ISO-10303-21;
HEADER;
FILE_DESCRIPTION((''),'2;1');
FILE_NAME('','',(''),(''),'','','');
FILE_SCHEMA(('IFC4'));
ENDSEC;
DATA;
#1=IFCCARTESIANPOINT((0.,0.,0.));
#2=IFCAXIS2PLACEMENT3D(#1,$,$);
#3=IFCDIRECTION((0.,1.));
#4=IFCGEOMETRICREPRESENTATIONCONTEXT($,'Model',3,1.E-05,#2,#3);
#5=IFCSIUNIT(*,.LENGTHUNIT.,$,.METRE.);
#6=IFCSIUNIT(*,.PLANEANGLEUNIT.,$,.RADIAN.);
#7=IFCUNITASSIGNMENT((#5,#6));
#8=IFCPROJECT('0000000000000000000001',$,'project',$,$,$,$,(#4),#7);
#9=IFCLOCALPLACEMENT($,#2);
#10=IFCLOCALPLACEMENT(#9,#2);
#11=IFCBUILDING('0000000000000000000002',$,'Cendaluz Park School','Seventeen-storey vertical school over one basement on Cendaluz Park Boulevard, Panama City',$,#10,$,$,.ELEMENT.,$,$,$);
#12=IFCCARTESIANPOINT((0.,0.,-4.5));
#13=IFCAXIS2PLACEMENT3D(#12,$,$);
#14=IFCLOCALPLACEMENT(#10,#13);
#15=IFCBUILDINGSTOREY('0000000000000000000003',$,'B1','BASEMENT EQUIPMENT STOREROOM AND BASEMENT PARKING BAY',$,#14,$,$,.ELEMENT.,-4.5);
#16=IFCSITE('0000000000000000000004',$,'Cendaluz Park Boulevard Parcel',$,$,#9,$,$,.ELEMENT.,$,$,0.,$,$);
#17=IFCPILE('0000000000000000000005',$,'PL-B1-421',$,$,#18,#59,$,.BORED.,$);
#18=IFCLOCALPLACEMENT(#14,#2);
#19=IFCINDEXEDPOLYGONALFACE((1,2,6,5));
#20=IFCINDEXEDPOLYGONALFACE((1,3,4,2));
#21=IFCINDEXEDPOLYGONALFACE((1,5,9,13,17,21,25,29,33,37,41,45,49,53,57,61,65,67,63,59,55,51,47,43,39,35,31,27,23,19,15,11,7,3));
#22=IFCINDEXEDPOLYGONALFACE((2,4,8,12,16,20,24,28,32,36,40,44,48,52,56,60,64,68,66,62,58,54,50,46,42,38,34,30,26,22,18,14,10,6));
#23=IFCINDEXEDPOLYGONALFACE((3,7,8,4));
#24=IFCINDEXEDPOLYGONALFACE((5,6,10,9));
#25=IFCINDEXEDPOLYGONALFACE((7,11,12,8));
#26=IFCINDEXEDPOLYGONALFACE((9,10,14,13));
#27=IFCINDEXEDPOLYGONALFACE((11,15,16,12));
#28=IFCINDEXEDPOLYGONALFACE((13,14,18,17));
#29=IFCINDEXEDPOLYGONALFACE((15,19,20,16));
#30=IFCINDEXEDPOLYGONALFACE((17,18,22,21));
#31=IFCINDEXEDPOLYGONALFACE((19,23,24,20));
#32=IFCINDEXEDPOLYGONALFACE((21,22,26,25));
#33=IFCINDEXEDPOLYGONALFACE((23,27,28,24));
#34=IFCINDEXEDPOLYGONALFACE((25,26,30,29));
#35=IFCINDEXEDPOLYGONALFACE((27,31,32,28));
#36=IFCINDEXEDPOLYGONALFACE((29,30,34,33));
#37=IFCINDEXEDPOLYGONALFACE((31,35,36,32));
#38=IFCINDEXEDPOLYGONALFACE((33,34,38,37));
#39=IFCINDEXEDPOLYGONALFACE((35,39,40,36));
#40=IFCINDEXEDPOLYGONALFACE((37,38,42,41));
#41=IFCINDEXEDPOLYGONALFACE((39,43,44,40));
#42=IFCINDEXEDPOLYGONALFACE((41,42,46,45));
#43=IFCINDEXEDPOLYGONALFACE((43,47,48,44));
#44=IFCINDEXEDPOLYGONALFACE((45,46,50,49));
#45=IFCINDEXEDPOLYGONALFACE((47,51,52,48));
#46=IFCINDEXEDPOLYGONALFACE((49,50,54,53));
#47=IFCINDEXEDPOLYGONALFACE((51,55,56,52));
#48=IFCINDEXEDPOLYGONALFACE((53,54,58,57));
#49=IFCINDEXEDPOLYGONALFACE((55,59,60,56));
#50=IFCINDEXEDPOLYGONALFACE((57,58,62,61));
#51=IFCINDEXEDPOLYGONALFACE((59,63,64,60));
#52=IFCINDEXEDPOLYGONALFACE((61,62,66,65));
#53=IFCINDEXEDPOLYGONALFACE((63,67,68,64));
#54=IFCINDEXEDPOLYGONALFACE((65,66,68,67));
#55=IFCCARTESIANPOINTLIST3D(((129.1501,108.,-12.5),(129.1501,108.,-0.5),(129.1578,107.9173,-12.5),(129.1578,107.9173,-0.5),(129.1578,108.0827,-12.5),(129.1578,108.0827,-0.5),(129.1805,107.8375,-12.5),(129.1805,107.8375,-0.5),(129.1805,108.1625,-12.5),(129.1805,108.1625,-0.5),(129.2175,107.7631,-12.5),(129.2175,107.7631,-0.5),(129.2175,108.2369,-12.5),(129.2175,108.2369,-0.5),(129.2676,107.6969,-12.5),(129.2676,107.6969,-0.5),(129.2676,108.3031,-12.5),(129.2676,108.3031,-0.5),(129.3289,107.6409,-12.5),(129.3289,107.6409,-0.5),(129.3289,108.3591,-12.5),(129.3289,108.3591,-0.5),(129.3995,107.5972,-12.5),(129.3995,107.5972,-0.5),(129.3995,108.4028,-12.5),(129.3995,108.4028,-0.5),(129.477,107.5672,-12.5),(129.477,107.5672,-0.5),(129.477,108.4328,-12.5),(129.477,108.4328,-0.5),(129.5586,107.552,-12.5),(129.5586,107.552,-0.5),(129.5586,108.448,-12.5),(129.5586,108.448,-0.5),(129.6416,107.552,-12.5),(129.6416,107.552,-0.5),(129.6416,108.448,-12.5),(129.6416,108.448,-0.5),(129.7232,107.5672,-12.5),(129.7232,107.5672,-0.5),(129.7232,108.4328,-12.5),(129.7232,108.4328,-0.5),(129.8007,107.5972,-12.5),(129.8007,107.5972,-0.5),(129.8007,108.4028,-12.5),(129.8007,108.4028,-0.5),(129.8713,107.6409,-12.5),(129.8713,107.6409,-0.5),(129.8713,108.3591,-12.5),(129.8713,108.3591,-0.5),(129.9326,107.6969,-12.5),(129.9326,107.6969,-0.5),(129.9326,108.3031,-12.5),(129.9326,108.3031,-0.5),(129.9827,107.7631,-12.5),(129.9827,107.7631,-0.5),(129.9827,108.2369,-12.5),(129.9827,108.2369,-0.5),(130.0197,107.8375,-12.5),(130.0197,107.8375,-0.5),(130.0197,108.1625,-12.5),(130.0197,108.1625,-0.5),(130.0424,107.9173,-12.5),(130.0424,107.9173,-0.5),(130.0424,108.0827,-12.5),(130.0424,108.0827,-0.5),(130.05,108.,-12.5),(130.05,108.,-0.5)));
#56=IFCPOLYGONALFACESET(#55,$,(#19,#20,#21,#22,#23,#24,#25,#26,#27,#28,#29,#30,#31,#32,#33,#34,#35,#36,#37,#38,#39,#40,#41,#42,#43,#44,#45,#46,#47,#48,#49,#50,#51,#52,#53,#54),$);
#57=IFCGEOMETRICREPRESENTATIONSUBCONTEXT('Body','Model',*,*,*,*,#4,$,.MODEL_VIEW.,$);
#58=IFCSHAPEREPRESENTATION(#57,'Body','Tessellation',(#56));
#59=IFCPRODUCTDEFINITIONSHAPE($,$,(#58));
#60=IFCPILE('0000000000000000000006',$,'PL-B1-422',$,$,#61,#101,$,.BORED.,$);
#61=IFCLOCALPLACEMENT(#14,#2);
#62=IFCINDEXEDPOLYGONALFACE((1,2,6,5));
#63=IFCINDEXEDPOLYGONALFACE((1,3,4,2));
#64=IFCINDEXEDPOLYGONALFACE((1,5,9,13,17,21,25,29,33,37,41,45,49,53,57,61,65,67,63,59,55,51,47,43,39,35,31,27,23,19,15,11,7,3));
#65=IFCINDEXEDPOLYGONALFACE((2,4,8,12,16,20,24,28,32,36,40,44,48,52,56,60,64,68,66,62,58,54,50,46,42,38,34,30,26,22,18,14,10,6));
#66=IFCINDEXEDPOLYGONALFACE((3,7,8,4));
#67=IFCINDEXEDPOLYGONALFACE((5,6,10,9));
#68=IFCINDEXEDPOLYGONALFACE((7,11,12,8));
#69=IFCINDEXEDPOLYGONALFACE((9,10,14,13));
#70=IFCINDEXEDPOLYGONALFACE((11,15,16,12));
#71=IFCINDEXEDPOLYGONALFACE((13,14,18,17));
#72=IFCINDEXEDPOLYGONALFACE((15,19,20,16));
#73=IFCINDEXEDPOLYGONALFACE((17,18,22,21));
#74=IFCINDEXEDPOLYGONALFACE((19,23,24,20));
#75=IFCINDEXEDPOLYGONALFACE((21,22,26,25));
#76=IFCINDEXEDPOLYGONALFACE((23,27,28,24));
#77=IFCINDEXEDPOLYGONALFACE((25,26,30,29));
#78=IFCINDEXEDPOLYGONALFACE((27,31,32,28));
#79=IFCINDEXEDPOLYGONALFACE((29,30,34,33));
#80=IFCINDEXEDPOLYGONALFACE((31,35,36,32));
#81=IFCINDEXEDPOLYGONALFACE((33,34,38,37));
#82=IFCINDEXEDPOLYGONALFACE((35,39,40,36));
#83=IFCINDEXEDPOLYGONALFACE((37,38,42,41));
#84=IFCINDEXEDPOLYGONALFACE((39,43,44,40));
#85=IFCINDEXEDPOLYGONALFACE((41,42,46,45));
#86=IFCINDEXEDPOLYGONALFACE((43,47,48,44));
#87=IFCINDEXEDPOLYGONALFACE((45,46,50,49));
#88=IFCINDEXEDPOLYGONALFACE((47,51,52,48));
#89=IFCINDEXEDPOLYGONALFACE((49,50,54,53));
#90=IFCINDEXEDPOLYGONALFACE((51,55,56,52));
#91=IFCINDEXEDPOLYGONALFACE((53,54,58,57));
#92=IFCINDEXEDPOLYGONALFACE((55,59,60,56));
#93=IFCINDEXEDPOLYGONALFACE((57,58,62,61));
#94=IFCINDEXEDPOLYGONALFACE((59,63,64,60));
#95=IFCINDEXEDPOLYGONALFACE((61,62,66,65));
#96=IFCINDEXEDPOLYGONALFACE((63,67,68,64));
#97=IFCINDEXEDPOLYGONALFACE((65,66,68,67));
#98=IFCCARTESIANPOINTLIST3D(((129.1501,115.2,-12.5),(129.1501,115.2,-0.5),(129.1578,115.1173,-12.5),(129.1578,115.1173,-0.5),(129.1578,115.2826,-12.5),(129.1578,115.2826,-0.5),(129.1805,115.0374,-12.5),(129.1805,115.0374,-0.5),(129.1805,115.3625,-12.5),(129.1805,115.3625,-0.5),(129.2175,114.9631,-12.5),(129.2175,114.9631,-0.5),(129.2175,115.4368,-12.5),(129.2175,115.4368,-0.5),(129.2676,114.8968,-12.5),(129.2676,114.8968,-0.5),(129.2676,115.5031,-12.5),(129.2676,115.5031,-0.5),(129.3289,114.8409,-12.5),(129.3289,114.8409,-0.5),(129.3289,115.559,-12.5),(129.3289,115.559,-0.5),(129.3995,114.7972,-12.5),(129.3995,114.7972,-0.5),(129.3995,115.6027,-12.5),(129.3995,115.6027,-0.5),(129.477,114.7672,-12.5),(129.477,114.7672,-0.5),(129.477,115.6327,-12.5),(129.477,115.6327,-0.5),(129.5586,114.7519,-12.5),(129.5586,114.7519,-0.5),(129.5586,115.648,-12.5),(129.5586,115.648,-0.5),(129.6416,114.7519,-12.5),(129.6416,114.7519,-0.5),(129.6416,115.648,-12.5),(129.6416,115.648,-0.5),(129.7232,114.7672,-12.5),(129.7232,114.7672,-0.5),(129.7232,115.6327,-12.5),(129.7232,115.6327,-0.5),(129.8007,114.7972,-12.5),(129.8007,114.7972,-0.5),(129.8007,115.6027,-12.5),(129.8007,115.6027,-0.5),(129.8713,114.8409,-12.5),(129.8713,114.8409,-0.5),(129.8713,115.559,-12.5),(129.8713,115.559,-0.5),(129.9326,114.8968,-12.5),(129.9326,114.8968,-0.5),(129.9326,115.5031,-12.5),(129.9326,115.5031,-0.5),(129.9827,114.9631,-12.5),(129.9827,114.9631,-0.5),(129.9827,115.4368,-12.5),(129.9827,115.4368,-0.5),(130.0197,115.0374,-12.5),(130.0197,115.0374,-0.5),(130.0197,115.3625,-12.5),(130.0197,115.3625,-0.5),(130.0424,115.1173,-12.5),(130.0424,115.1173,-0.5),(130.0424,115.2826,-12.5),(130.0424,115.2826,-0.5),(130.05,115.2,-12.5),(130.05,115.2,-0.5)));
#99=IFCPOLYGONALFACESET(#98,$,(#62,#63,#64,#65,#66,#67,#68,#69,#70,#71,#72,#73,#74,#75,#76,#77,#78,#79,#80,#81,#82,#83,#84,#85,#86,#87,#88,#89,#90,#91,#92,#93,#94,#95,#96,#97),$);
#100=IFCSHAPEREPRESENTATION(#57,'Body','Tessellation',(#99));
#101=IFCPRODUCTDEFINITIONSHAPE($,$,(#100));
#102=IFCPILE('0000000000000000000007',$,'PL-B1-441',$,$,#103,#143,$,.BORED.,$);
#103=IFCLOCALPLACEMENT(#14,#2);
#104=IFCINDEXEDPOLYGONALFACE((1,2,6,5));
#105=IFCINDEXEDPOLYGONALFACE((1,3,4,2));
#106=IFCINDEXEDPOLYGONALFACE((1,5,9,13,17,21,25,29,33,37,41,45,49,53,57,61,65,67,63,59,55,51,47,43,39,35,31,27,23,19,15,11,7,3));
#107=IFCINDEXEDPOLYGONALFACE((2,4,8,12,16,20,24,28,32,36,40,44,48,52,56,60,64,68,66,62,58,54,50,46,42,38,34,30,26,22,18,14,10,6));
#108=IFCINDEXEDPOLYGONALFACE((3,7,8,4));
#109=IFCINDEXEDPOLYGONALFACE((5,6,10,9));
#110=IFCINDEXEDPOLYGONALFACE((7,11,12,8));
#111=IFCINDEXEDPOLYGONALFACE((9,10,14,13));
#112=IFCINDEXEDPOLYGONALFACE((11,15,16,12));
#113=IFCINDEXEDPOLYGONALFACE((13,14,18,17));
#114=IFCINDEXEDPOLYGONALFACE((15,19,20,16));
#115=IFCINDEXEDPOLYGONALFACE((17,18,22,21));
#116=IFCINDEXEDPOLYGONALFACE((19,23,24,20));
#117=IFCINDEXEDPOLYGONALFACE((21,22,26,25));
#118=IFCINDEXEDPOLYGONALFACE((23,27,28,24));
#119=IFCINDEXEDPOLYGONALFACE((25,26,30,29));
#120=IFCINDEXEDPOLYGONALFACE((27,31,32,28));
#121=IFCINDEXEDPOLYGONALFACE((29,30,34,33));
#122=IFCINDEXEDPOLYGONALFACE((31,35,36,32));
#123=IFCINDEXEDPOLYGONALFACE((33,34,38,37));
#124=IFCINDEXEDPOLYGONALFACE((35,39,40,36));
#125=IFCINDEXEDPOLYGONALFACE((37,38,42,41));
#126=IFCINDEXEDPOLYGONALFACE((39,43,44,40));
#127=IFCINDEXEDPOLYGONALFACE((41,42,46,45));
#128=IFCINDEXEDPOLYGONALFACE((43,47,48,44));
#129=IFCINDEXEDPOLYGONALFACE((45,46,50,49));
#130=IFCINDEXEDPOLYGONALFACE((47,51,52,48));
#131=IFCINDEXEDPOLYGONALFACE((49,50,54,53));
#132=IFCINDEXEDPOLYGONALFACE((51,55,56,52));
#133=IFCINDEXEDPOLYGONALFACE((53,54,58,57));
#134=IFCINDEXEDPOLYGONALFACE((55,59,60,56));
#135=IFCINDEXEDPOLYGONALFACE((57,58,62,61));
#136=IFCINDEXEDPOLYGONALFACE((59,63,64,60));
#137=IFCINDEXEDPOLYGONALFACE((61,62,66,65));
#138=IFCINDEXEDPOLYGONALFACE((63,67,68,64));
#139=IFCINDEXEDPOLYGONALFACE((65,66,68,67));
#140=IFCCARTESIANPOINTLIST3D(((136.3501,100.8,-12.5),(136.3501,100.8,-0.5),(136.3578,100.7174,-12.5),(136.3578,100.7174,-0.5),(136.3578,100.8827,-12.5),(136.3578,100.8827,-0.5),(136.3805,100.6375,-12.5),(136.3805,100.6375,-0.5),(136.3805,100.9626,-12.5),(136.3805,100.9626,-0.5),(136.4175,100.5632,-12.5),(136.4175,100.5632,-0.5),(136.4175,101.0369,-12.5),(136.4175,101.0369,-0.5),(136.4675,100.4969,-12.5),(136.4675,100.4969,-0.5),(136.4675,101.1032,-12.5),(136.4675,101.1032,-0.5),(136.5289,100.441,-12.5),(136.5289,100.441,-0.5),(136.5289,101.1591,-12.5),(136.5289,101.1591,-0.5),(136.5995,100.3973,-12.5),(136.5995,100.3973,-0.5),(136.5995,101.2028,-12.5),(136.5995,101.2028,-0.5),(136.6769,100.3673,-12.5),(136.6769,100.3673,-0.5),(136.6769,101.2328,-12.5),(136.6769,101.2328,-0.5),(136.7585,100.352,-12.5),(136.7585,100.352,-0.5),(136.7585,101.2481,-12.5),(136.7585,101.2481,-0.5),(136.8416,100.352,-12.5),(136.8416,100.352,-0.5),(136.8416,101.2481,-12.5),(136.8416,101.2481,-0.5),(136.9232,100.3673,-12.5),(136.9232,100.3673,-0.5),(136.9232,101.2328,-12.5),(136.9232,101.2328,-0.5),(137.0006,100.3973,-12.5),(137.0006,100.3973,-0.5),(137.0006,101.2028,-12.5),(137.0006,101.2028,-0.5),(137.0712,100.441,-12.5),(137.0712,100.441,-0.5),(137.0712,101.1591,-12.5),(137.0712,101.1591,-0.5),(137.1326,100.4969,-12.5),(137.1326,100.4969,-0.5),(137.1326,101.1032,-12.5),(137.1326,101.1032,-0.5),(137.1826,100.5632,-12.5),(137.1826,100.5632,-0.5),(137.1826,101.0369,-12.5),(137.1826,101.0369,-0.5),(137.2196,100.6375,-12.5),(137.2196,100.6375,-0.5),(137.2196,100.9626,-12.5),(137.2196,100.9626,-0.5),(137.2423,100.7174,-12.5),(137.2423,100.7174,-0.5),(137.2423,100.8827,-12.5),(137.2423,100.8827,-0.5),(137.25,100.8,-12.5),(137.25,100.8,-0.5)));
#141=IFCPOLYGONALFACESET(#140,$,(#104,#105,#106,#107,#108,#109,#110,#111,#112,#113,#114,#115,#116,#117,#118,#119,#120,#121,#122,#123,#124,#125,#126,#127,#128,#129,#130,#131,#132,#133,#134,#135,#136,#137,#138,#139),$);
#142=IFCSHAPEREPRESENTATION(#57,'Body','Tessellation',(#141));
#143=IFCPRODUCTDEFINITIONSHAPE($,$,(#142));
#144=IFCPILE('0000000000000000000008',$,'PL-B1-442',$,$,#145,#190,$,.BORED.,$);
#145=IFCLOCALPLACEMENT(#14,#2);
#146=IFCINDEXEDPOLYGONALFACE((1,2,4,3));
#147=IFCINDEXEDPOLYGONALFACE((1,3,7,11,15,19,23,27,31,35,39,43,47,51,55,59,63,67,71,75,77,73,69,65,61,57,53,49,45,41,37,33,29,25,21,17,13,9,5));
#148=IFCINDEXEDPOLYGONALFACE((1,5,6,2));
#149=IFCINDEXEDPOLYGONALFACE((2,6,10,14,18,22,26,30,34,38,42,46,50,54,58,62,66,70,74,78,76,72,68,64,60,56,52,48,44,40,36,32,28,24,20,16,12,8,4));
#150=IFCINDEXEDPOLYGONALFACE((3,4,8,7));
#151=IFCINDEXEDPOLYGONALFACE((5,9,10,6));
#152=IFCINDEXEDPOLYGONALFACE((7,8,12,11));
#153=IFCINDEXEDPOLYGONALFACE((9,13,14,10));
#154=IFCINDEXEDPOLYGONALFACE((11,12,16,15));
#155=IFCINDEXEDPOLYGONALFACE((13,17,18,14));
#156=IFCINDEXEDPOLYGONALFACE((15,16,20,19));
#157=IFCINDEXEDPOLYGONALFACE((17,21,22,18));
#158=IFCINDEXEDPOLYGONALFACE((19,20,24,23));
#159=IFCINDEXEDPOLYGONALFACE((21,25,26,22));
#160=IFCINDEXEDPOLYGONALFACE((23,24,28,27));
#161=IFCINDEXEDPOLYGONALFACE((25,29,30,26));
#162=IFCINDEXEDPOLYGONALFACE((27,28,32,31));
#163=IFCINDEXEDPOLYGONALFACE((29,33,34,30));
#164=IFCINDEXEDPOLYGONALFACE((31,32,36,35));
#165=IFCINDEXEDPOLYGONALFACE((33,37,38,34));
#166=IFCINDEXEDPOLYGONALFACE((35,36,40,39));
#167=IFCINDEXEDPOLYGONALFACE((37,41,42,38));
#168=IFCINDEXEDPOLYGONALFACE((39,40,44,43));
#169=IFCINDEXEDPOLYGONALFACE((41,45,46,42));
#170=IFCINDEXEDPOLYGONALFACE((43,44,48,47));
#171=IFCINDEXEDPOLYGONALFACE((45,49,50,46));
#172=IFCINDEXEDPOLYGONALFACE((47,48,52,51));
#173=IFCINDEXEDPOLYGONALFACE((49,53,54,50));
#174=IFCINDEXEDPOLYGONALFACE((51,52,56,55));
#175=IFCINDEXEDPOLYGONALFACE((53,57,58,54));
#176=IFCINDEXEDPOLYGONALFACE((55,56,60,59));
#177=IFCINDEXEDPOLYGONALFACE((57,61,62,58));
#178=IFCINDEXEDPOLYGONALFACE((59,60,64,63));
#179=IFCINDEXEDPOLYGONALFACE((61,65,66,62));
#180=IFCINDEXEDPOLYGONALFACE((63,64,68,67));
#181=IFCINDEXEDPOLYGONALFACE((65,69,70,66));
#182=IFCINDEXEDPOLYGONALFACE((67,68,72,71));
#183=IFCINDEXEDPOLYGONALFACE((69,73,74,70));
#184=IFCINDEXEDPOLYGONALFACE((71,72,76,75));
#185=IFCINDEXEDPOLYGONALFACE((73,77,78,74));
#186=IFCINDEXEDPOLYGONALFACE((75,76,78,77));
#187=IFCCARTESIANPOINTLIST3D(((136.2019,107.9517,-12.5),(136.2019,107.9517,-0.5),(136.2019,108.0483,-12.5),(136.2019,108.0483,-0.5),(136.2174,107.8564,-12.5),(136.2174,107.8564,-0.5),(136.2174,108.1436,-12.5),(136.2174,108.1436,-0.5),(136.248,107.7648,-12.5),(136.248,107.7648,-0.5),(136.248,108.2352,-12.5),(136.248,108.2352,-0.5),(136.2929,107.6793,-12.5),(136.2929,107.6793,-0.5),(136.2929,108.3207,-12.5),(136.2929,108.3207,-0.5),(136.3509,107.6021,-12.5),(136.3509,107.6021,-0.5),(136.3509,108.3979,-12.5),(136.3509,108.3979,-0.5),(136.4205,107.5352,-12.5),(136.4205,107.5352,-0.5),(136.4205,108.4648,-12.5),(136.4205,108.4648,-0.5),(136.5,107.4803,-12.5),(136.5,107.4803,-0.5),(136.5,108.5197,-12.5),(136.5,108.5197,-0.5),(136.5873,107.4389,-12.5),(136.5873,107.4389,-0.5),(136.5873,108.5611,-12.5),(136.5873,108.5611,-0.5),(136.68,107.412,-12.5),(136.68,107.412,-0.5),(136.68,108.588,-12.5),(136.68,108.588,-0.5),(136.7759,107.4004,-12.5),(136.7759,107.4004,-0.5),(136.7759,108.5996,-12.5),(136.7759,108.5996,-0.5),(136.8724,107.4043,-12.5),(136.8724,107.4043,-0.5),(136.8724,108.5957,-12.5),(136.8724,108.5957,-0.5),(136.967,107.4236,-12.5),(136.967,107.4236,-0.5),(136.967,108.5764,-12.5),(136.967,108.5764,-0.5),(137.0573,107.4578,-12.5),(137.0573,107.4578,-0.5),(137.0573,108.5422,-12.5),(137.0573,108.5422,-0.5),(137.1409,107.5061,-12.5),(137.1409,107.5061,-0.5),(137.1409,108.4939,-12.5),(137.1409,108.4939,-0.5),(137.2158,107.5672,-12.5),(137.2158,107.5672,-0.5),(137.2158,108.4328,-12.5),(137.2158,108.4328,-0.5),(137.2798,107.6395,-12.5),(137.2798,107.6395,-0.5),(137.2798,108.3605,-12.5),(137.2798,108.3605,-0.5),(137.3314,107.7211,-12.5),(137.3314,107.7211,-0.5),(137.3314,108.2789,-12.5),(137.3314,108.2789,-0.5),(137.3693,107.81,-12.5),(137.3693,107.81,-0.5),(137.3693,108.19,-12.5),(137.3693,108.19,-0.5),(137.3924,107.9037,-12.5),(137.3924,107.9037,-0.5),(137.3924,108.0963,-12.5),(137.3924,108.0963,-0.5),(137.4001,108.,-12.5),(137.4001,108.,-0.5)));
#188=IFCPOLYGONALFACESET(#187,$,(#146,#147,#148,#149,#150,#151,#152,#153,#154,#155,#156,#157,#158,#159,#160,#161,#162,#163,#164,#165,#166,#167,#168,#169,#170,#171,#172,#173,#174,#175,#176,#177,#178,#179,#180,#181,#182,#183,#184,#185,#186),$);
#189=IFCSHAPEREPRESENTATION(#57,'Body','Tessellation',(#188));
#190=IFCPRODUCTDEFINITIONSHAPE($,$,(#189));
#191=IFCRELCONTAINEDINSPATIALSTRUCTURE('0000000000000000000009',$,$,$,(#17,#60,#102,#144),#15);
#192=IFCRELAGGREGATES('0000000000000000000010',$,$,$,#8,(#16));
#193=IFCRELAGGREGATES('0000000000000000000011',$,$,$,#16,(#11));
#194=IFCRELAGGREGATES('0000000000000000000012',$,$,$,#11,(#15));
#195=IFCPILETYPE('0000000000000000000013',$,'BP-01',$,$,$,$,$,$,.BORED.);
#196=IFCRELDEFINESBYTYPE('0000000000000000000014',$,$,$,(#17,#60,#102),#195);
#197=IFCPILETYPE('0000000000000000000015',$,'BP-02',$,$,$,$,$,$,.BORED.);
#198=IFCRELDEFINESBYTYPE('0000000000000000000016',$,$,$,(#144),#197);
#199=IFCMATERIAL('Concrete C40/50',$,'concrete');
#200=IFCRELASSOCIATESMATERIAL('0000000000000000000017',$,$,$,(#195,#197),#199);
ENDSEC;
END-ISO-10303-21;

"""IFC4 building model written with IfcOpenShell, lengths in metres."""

from ifc_helpers import new_model, si_unit, direction, frame, origin, origin_2d, place, context, subcontext, project, spatial, circle, extrude, material, material_profile, profile_set, type_object, element, save


model = new_model("IFC4")

# Units and contexts
model_context = context("Model", 3, precision=1e-05, world=origin(), true_north=direction((0.0, 1.0)))
body_context = subcontext(model_context, "Body", "Model", "MODEL_VIEW")
ifc_project = project(units=[si_unit("LENGTHUNIT", "METRE"), si_unit("PLANEANGLEUNIT", "RADIAN")], contexts=[model_context])

# Site, building, storey
site_placement = place(None, origin())
site = spatial("IfcSite", under=ifc_project, at=site_placement, Name="Cendaluz Park Boulevard Parcel", CompositionType="ELEMENT", RefElevation=0.0)
building_placement = place(site_placement, origin())
building = spatial("IfcBuilding", under=site, at=building_placement, Name="Cendaluz Park School", Description="Seventeen-storey vertical school over one basement on Cendaluz Park Boulevard, Panama City", CompositionType="ELEMENT")
storey_placement = place(building_placement, frame((0.0, 0.0, -4.5)))
storey = spatial("IfcBuildingStorey", under=building, at=storey_placement, Name="B1", Description="BASEMENT EQUIPMENT STOREROOM AND BASEMENT PARKING BAY", CompositionType="ELEMENT", Elevation=-4.5)

# Piles
ifc_material_1 = material(Name="Concrete C40/50", Category="concrete")
ifc_material_profile_1 = material_profile(ifc_material_1, circle(Radius=0.45, at=origin_2d()), Name="BP D900", Category="concrete")
ifc_profile_set_1 = profile_set([ifc_material_profile_1], Name="Concrete C40/50")
pile_type_1 = type_object("IfcPileType", Name="BP-01", PredefinedType="BORED", material=ifc_profile_set_1)
for number, where, z_axis, x_axis, name in (
    (1, (129.6001, 108.0, -0.5), (0.0, 0.0, -1.0), (1.0, 0.0, 0.0), "PL-B1-421"),
    (2, (129.6001, 115.2, -0.5), (0.0, 0.0, -1.0), (1.0, 0.0, 0.0), "PL-B1-422"),
    (3, (136.8, 100.8, -0.5), (0.0, 0.0, -1.0), (1.0, 0.0, 0.0), "PL-B1-441"),
):
    element("IfcPile", number, at=place(storey_placement, frame(where, z_axis=z_axis, x_axis=x_axis)), inside=storey, type_object=pile_type_1, Name=name, PredefinedType="BORED", context=body_context, shape_type="SweptSolid", body=[
        extrude(circle(Radius=0.45, at=origin_2d()), origin(), (0.0, 0.0, 1.0), 12.0),
    ])
ifc_material_profile_2 = material_profile(ifc_material_1, circle(Radius=0.6001, at=origin_2d()), Name="BP D1200", Category="concrete")
ifc_profile_set_2 = profile_set([ifc_material_profile_2], Name="Concrete C40/50")
pile_type_2 = type_object("IfcPileType", Name="BP-02", PredefinedType="BORED", material=ifc_profile_set_2)
for number, where, z_axis, x_axis, name in (
    (4, (136.8, 108.0, -0.5), (0.0, 0.0, -1.0), (1.0, 0.0, 0.0), "PL-B1-442"),
):
    element("IfcPile", number, at=place(storey_placement, frame(where, z_axis=z_axis, x_axis=x_axis)), inside=storey, type_object=pile_type_2, Name=name, PredefinedType="BORED", context=body_context, shape_type="SweptSolid", body=[
        extrude(circle(Radius=0.6001, at=origin_2d()), origin(), (0.0, 0.0, 1.0), 12.0),
    ])

save(model, "model.ifc")
